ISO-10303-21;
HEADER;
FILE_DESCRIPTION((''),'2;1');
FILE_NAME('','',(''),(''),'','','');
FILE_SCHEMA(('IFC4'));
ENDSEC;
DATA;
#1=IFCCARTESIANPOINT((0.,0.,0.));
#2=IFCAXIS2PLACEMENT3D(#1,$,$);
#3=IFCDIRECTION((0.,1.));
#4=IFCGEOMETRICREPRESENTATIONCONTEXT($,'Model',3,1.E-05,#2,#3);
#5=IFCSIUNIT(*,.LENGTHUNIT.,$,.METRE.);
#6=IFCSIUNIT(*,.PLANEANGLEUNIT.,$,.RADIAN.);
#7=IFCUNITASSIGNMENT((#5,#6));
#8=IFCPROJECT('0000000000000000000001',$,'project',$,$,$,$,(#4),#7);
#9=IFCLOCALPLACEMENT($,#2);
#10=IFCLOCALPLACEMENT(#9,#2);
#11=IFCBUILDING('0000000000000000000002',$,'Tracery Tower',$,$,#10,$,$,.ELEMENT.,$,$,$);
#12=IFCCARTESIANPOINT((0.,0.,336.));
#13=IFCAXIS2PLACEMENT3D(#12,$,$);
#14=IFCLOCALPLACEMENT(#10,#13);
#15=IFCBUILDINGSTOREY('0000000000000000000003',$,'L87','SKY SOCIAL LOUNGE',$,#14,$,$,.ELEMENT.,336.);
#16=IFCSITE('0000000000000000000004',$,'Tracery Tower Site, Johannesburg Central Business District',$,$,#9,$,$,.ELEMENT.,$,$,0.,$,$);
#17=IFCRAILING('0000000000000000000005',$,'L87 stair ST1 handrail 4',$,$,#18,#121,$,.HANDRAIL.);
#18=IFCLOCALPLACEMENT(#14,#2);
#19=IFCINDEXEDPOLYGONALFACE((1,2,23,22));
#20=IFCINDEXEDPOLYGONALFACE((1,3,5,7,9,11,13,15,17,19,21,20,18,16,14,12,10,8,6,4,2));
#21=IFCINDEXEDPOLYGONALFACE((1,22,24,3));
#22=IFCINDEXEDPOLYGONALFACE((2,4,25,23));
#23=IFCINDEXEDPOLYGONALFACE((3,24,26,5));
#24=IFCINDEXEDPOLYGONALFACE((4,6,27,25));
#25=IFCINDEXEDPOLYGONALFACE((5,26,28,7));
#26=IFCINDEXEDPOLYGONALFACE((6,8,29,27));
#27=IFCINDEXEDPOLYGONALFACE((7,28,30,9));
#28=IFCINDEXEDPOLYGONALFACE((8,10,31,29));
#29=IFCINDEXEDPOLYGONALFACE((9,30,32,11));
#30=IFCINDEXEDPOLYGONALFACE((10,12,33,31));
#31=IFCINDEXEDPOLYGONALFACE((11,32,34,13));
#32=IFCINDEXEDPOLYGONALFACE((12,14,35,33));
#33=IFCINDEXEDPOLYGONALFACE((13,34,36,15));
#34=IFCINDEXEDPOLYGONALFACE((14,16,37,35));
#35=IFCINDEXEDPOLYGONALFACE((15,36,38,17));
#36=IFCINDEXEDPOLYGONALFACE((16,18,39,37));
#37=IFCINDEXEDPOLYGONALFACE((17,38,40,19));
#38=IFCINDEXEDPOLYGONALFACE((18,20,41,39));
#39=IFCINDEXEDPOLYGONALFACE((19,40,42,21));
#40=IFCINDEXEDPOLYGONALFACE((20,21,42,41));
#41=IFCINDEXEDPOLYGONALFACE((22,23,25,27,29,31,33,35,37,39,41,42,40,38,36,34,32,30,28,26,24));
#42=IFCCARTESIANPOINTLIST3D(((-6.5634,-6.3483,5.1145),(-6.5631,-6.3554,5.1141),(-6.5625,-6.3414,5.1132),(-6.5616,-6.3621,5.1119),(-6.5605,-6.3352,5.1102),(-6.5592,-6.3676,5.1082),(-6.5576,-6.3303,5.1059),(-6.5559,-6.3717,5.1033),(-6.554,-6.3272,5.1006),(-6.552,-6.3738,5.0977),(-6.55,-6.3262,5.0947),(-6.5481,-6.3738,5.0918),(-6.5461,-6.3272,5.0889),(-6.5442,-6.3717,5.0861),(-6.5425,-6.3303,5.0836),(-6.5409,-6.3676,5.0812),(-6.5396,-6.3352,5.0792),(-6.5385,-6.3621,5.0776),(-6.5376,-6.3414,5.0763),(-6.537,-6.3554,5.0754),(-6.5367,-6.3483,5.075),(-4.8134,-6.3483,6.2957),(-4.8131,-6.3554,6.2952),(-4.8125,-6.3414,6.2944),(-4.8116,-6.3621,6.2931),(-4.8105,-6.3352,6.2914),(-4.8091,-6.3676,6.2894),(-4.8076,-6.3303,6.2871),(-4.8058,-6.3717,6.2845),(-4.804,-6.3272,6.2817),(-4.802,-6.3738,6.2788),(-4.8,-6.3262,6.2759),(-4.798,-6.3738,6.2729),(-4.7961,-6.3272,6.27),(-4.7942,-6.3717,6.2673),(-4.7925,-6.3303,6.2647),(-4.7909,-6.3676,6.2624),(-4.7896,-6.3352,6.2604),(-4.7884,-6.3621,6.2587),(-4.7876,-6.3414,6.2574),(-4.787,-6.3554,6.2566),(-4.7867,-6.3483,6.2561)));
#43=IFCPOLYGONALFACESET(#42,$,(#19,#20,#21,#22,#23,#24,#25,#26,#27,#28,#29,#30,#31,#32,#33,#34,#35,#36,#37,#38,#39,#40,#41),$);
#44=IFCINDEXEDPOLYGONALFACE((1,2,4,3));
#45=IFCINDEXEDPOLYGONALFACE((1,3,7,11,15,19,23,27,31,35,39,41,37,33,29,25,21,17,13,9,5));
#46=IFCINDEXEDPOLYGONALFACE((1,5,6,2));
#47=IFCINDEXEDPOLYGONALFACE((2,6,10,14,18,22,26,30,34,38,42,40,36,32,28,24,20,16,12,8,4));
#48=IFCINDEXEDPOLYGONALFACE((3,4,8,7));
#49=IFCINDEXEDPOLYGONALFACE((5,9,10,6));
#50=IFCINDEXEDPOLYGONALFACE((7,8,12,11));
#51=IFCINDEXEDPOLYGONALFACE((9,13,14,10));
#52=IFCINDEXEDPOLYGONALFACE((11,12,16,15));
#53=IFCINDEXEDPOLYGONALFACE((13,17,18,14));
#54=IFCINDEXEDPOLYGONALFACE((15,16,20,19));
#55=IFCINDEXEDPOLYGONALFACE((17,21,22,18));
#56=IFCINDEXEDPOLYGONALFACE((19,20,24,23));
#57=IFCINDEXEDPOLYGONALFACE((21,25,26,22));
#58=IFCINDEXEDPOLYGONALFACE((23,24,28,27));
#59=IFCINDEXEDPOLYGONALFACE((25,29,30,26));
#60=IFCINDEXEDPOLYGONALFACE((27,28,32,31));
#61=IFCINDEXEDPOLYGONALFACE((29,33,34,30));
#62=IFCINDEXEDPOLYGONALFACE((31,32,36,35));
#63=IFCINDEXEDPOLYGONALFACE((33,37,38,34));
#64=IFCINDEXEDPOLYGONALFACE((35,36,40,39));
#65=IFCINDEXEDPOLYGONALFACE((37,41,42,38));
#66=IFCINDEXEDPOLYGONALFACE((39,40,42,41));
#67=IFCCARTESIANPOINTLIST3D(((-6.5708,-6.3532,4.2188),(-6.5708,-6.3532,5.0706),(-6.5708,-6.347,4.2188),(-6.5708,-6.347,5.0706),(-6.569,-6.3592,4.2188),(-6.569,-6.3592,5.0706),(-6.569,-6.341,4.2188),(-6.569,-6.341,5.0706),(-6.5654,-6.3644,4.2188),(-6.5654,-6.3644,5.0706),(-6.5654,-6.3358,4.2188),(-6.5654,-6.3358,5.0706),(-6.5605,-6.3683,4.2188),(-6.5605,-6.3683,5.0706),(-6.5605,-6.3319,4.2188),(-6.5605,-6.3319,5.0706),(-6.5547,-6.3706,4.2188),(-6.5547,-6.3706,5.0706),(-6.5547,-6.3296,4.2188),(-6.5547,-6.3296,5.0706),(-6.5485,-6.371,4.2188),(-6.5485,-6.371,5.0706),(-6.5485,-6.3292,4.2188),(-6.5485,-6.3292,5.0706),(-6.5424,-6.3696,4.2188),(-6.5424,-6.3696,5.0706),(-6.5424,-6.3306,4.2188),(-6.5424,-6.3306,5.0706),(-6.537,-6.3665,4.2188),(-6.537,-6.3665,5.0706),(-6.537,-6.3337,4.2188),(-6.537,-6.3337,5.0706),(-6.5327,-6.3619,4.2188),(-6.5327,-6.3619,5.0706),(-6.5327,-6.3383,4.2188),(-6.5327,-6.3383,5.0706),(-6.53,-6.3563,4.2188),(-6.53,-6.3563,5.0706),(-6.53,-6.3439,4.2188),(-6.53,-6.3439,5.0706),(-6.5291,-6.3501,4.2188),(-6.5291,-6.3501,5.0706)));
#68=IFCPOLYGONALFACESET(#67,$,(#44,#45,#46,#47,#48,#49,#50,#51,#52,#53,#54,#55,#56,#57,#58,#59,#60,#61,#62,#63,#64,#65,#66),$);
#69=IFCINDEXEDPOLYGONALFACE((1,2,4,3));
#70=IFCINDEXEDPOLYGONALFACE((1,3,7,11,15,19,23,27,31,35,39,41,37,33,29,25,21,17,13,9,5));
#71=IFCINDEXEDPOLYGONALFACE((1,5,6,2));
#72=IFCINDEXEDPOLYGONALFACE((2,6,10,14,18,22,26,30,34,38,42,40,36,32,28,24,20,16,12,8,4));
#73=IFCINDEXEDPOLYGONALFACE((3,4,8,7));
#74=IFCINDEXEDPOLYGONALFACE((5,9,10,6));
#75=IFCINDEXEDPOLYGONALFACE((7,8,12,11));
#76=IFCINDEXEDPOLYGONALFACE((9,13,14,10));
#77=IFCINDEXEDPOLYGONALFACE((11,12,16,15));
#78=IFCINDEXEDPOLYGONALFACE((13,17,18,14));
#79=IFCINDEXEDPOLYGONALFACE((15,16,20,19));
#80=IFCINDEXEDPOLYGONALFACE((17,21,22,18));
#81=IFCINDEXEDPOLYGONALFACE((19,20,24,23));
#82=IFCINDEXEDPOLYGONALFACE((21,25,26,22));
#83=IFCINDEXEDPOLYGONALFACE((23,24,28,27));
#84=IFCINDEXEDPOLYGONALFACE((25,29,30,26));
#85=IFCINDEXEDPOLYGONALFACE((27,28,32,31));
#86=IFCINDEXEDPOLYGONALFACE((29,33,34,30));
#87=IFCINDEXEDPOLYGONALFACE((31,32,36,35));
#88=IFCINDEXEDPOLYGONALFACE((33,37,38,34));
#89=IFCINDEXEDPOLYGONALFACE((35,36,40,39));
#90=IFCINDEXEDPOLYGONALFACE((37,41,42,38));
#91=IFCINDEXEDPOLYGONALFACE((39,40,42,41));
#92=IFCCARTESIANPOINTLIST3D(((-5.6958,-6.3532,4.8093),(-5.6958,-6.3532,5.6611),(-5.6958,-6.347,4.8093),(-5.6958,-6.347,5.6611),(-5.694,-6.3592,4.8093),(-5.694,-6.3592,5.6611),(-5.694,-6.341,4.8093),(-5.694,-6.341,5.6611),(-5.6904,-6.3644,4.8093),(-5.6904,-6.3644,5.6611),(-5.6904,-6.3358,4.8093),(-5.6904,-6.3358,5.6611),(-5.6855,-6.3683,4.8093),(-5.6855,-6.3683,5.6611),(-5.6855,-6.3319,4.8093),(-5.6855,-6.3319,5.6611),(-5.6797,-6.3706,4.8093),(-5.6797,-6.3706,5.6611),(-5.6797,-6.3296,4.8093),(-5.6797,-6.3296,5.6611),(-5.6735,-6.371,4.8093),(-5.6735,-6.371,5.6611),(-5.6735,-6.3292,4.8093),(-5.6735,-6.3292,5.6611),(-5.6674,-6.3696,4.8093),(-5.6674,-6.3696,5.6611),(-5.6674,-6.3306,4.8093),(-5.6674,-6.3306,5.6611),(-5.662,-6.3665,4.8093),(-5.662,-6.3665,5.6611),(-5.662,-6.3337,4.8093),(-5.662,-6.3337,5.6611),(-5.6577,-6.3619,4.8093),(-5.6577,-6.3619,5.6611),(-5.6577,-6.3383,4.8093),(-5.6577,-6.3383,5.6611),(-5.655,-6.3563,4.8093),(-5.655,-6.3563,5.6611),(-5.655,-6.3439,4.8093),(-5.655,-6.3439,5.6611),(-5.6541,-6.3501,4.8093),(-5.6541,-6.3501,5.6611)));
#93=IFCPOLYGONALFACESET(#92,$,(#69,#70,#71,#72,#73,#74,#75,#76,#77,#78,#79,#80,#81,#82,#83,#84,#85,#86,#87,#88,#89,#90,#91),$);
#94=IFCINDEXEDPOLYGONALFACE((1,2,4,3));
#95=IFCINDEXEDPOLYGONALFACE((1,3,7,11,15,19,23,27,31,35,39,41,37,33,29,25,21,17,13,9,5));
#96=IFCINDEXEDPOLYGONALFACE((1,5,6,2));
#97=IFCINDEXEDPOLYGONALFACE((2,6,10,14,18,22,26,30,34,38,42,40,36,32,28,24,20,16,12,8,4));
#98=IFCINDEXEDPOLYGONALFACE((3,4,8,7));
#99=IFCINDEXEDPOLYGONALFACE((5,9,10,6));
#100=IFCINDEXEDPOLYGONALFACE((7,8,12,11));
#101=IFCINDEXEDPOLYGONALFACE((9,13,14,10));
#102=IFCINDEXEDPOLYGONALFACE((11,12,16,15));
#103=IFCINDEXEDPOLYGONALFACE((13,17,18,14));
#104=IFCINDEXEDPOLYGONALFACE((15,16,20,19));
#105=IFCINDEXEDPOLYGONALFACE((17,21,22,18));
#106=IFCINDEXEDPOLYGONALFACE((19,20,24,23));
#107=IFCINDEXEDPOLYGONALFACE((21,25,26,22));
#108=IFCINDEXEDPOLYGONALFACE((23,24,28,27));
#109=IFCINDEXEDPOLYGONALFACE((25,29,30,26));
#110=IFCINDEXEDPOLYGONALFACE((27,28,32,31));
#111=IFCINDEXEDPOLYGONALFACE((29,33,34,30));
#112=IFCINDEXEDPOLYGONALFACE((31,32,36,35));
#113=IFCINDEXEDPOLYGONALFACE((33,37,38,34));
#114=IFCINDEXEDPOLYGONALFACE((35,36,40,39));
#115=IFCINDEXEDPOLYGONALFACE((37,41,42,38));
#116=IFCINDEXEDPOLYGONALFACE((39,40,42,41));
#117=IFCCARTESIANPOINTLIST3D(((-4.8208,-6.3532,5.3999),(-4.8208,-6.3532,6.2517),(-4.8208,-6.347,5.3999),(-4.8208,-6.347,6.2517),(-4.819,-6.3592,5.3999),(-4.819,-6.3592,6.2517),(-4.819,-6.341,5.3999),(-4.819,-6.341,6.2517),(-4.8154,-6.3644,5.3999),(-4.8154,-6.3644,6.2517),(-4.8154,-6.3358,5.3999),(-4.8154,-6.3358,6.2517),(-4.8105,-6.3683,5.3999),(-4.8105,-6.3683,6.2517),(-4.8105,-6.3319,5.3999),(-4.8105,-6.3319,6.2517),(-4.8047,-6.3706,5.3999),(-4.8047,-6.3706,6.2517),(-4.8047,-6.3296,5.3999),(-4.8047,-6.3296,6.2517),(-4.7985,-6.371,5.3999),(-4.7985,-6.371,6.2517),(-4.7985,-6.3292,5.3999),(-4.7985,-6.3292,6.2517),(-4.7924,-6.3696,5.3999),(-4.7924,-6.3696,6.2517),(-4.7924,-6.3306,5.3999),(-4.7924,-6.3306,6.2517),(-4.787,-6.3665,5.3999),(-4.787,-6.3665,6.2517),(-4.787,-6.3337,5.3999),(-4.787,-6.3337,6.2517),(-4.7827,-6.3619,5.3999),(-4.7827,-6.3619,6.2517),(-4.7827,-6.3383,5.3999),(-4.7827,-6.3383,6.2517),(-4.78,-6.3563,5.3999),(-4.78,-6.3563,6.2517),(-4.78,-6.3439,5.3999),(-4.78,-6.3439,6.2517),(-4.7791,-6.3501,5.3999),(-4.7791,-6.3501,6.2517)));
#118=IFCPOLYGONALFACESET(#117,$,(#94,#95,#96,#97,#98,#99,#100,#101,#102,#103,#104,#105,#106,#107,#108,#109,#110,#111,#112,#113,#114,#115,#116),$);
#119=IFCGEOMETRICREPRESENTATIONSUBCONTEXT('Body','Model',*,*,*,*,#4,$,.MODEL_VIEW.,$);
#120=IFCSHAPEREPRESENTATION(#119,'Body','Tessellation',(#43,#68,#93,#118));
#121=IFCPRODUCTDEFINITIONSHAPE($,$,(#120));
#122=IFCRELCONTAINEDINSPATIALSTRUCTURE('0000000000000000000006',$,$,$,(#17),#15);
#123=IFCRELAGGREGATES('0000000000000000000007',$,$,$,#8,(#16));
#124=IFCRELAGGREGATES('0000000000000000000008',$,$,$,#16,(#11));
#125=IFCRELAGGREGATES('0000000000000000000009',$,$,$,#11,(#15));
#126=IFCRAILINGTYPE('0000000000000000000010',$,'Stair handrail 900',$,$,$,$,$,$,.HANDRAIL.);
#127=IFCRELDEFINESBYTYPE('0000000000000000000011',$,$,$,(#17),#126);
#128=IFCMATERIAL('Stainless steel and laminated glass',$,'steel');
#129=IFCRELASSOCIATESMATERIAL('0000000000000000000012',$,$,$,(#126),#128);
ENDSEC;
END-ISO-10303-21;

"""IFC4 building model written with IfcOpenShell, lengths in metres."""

from ifc_helpers import new_model, si_unit, direction, frame, origin, origin_2d, place, context, subcontext, project, spatial, circle, extrude, material, type_object, element, save


model = new_model("IFC4")

# Units and contexts
model_context = context("Model", 3, precision=1e-05, world=origin(), true_north=direction((0.0, 1.0)))
body_context = subcontext(model_context, "Body", "Model", "MODEL_VIEW")
ifc_project = project(units=[si_unit("LENGTHUNIT", "METRE"), si_unit("PLANEANGLEUNIT", "RADIAN")], contexts=[model_context])

# Site, building, storey
site_placement = place(None, origin())
site = spatial("IfcSite", under=ifc_project, at=site_placement, Name="Tracery Tower Site, Johannesburg Central Business District", CompositionType="ELEMENT", RefElevation=0.0)
building_placement = place(site_placement, origin())
building = spatial("IfcBuilding", under=site, at=building_placement, Name="Tracery Tower", CompositionType="ELEMENT")
storey_placement = place(building_placement, frame((0.0, 0.0, 336.0)))
storey = spatial("IfcBuildingStorey", under=building, at=storey_placement, Name="L87", Description="SKY SOCIAL LOUNGE", CompositionType="ELEMENT", Elevation=336.0)

# Railing
ifc_material_1 = material(Name="Stainless steel and laminated glass", Category="steel")
railing_type_1 = type_object("IfcRailingType", Name="Stair handrail 900", PredefinedType="HANDRAIL", material=ifc_material_1)
railing_1_placement = place(storey_placement, frame((-6.55, -6.3501, 4.2188)))
element("IfcRailing", 1, at=railing_1_placement, inside=storey, type_object=railing_type_1, Name="L87 stair ST1 handrail 4", PredefinedType="HANDRAIL", context=body_context, shape_type="SweptSolid", body=[
    extrude(circle(Radius=0.0239, at=origin_2d()), frame((0.0, 0.0, 0.876), z_axis=(0.82887, 0.0, 0.559441), x_axis=(0.0, 1.0, 0.0)), (0.0, 0.0, 1.0), 2.1113),
    extrude(circle(Radius=0.021, at=origin_2d()), origin(), (0.0, 0.0, 1.0), 0.8518),
    extrude(circle(Radius=0.021, at=origin_2d()), frame((0.875, 0.0, 0.5906)), (0.0, 0.0, 1.0), 0.8518),
    extrude(circle(Radius=0.021, at=origin_2d()), frame((1.75, 0.0, 1.1812)), (0.0, 0.0, 1.0), 0.8518),
])

save(model, "model.ifc")
